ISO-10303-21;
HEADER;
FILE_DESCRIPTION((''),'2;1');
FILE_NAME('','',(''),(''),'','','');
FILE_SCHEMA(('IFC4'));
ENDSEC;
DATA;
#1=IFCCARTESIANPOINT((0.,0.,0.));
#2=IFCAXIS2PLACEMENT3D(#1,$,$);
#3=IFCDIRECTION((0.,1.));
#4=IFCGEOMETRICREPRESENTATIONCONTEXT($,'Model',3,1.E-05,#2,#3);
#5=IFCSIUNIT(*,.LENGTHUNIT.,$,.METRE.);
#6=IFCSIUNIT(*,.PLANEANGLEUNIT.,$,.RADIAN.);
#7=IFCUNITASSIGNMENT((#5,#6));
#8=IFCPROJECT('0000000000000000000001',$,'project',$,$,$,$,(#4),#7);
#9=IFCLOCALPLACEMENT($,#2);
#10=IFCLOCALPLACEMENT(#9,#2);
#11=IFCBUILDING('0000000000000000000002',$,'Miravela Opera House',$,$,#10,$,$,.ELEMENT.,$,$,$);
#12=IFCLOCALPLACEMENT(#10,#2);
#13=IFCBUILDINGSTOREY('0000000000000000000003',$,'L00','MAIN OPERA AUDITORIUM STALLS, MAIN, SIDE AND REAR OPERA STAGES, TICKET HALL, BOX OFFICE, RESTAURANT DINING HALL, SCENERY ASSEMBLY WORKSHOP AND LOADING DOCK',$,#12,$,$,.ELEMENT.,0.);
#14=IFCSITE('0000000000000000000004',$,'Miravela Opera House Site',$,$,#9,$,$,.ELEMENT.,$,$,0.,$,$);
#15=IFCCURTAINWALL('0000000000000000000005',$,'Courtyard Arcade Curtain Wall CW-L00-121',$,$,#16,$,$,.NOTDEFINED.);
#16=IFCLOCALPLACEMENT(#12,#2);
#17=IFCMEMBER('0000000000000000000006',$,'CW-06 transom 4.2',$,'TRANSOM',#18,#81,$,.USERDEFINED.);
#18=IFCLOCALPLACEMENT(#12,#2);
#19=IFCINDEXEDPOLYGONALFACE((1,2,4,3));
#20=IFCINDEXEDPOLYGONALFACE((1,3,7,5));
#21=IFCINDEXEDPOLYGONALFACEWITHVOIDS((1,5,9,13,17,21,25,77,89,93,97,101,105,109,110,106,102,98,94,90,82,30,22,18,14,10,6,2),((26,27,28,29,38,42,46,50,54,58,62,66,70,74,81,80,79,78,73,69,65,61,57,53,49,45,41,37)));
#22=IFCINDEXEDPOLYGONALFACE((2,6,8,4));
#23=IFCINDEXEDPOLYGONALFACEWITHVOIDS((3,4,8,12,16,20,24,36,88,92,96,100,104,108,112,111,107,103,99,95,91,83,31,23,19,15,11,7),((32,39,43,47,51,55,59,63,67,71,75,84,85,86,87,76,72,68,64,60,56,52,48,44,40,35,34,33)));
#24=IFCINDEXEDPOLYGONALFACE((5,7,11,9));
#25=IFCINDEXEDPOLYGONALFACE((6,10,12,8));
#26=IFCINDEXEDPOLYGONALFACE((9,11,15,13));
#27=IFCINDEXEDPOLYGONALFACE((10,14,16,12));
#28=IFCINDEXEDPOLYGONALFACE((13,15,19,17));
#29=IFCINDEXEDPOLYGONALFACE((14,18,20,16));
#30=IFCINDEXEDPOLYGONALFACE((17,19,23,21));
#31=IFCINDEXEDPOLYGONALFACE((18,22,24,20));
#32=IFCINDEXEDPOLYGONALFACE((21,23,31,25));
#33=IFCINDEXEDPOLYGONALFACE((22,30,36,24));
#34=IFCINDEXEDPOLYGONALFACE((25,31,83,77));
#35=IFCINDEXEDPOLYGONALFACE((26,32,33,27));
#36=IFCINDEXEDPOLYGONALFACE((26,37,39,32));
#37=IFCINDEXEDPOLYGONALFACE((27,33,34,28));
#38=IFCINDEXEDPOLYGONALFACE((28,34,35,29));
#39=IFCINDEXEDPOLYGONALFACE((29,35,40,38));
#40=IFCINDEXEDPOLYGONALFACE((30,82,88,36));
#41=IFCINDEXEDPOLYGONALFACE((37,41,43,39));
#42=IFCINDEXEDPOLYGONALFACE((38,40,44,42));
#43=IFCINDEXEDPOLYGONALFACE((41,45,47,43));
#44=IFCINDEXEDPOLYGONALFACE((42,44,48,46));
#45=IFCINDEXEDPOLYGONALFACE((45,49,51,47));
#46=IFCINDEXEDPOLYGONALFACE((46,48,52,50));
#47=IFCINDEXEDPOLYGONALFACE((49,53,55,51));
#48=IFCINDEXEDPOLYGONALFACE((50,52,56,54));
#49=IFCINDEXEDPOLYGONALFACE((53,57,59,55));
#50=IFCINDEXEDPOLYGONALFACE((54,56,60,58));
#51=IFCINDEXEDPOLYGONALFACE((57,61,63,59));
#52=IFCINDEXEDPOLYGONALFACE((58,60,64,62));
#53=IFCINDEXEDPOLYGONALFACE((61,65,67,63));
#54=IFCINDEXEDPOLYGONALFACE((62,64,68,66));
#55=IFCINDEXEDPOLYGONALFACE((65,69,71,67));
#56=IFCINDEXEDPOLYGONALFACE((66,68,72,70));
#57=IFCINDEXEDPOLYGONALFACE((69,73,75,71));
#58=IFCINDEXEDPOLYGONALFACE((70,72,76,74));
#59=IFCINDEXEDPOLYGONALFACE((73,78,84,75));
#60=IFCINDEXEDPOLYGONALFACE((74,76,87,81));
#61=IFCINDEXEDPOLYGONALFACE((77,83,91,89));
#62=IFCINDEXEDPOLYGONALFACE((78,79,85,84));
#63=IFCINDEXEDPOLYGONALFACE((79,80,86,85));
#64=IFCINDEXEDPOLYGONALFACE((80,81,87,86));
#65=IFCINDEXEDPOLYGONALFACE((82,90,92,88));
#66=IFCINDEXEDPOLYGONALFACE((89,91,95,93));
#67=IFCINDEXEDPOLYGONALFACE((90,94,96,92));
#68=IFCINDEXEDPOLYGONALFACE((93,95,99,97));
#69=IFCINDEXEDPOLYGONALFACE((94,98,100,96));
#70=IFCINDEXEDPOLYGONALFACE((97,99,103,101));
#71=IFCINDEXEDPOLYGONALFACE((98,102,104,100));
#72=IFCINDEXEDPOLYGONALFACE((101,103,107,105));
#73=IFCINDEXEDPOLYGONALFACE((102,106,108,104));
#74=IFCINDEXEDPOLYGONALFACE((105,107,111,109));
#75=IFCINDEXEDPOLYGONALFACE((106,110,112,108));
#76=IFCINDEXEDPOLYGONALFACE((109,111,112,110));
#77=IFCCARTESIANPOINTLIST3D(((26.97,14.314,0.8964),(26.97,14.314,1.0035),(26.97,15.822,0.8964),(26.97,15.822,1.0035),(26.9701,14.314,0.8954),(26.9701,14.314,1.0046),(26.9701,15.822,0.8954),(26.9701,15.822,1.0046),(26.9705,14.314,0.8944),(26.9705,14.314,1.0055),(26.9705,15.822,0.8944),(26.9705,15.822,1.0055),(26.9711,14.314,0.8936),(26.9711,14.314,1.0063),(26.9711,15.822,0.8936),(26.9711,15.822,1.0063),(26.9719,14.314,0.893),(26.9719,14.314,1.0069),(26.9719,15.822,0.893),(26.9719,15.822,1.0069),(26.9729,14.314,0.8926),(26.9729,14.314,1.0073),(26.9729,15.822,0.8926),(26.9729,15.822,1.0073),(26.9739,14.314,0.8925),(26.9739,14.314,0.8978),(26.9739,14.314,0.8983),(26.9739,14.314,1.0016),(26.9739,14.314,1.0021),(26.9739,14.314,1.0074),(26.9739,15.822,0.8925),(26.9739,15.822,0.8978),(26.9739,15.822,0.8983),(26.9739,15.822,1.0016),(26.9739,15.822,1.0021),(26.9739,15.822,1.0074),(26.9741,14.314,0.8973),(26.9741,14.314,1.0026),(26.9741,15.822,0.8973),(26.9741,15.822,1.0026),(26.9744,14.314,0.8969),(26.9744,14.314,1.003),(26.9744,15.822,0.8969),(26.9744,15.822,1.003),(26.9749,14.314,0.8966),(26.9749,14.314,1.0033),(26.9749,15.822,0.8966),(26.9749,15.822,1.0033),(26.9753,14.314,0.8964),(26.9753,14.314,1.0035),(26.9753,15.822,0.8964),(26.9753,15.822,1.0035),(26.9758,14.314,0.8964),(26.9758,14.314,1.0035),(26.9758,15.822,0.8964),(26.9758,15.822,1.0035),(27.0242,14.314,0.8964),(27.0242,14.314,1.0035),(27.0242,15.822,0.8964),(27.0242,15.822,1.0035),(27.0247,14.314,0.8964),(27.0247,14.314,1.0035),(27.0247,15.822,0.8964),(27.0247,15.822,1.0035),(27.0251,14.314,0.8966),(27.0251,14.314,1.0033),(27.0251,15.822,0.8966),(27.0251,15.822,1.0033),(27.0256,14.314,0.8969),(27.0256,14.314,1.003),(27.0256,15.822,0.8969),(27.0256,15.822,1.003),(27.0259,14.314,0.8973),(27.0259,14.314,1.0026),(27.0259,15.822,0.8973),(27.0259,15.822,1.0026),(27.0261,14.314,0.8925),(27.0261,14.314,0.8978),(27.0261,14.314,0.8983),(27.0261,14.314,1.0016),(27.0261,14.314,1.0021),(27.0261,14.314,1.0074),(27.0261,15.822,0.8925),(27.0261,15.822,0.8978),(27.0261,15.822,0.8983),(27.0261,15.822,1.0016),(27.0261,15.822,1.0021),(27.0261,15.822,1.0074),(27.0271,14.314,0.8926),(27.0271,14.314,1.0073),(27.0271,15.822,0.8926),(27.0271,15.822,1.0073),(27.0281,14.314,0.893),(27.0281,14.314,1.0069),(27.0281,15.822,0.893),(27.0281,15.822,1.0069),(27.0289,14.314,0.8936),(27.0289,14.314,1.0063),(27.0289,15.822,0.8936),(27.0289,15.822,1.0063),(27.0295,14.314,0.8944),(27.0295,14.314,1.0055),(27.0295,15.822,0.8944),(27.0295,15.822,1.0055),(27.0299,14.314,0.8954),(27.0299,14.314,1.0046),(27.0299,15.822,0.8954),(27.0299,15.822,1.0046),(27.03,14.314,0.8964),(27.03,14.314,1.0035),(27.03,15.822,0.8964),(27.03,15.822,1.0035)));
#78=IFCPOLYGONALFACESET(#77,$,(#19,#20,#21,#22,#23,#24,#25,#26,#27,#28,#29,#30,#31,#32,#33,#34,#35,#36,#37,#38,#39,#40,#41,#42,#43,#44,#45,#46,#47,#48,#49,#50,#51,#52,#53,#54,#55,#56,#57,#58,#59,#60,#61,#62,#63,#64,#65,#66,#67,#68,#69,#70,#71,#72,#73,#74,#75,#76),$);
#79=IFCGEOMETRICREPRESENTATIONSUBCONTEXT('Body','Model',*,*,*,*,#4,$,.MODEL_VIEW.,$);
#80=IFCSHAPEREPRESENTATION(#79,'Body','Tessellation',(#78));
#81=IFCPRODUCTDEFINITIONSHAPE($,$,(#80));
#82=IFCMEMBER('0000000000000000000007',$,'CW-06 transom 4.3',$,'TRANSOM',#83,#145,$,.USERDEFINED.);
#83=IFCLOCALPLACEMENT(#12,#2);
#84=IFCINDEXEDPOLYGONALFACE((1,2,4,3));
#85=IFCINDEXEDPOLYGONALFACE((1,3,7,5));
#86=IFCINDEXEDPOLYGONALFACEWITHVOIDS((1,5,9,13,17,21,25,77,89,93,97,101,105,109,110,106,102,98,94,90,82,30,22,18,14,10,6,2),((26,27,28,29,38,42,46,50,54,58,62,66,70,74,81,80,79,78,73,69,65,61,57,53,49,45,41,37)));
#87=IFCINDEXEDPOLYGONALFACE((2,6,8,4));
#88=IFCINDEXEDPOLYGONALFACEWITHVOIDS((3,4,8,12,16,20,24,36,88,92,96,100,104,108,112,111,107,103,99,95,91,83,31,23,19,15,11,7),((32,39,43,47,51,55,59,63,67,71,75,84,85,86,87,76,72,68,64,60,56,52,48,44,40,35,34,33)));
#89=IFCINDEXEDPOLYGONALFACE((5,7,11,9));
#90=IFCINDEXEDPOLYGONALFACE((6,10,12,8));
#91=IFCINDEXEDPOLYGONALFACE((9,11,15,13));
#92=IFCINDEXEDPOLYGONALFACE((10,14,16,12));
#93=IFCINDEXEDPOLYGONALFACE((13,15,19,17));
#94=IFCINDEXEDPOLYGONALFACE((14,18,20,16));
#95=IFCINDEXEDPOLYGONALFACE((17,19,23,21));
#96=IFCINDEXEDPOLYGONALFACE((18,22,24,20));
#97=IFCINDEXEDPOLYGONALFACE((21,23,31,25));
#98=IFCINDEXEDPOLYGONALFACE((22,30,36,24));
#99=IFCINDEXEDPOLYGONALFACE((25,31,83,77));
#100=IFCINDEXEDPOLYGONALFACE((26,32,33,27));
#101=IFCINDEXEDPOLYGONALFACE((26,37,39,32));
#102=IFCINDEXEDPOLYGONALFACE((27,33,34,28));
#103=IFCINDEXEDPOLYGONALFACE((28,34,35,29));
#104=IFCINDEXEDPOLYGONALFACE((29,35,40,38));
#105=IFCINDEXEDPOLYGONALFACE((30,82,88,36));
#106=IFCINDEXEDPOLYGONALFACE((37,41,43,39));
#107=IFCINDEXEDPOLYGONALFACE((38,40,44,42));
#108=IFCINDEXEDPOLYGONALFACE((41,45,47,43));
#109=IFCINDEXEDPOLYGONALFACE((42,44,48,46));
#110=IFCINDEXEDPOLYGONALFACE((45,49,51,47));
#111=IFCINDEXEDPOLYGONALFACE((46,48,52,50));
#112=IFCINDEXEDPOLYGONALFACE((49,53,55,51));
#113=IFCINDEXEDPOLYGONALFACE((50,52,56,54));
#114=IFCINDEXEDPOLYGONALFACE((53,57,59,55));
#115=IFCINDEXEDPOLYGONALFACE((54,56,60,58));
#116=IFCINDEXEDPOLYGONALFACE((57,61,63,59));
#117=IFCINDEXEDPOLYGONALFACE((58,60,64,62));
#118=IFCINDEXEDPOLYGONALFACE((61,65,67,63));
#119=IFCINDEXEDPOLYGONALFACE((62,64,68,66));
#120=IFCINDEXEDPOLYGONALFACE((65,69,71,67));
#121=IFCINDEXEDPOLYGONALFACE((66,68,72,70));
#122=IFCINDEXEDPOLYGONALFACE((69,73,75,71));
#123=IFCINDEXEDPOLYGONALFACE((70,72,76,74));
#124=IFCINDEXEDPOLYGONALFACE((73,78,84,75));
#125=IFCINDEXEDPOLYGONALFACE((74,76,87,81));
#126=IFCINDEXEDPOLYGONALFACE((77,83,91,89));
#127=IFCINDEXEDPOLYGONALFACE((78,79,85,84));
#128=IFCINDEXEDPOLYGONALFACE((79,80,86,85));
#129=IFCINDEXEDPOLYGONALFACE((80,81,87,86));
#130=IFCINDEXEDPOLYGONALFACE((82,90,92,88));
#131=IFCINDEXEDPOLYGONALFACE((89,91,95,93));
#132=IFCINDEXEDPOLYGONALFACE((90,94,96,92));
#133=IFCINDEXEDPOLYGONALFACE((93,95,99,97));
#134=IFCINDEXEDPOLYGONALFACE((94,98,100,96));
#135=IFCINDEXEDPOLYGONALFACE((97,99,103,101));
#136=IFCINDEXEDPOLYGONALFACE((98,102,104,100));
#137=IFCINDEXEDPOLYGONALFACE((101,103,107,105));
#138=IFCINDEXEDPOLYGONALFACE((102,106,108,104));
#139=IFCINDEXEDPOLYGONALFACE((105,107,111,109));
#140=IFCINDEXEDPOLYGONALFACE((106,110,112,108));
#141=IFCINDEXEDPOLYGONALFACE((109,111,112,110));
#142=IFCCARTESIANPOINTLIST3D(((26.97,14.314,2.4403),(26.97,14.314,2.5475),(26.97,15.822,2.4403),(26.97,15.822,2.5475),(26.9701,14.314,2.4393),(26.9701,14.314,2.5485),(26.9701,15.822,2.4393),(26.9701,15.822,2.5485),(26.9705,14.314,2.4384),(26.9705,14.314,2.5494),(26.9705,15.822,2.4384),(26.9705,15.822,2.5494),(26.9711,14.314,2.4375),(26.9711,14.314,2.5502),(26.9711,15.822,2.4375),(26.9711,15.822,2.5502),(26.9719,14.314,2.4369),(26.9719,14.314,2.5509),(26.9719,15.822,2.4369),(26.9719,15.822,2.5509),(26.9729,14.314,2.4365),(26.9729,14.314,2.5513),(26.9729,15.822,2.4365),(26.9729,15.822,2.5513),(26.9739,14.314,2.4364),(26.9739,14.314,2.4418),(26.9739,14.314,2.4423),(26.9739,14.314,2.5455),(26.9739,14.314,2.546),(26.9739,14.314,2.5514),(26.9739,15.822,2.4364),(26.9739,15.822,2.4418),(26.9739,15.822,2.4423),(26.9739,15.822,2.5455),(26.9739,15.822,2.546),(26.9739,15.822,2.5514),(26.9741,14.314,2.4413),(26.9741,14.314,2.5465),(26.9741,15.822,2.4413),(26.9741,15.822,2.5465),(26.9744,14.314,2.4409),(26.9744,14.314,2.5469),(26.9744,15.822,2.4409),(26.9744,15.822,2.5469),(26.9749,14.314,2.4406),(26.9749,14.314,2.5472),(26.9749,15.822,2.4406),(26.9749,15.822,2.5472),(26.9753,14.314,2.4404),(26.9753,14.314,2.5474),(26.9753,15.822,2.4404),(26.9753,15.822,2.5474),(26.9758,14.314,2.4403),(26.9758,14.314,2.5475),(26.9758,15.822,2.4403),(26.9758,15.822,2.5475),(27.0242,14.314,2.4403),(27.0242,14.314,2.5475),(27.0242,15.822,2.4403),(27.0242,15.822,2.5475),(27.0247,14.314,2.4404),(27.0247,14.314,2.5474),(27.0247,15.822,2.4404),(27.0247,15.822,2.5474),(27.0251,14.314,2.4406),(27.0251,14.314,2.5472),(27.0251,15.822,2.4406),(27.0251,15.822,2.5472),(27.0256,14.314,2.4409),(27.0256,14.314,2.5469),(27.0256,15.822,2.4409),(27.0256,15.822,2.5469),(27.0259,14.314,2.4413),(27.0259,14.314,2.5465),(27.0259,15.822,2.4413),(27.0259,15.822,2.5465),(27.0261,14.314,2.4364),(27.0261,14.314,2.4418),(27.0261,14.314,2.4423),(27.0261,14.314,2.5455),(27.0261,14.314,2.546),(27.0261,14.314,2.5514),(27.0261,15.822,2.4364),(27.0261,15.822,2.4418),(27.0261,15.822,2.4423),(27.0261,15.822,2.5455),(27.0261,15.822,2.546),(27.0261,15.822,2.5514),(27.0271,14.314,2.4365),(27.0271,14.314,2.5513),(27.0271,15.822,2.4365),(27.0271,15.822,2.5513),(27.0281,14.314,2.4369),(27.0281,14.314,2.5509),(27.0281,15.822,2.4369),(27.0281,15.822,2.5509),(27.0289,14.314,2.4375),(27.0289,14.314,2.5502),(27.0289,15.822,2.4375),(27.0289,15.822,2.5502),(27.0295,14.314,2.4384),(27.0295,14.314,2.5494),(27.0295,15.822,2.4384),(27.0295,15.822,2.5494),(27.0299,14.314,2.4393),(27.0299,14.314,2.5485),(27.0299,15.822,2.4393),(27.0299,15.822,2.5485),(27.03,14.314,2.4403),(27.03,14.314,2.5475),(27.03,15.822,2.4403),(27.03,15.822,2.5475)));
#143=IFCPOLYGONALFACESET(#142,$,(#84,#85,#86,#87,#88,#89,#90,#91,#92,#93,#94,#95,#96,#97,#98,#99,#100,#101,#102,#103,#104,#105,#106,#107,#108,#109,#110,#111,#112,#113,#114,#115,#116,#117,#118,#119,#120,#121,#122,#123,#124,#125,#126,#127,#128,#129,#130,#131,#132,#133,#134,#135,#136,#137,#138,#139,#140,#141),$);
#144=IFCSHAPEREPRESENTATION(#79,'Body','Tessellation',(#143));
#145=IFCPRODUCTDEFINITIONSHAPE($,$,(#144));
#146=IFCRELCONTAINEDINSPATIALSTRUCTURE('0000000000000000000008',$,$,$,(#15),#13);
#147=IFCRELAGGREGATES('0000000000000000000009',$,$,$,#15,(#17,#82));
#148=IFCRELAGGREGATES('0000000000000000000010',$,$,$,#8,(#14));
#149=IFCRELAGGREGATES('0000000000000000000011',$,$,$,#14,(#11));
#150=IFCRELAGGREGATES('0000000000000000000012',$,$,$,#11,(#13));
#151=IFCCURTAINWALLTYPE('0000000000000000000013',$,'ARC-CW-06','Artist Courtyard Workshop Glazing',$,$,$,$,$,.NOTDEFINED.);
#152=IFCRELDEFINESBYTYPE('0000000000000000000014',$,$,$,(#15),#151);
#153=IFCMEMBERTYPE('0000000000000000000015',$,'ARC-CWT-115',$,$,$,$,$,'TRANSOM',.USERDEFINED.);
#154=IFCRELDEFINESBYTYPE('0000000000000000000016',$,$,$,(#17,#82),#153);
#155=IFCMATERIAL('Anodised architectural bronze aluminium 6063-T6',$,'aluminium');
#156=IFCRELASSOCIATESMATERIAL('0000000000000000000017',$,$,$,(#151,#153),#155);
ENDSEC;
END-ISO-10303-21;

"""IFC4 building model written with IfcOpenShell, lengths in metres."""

from ifc_helpers import new_model, si_unit, direction, frame, origin, origin_2d, place, context, subcontext, project, spatial, hollow_rectangle, extrude, material, material_profile, profile_set, type_object, element, aggregate, save


model = new_model("IFC4")

# Units and contexts
model_context = context("Model", 3, precision=1e-05, world=origin(), true_north=direction((0.0, 1.0)))
body_context = subcontext(model_context, "Body", "Model", "MODEL_VIEW")
ifc_project = project(units=[si_unit("LENGTHUNIT", "METRE"), si_unit("PLANEANGLEUNIT", "RADIAN")], contexts=[model_context])

# Site, building, storey
site_placement = place(None, origin())
site = spatial("IfcSite", under=ifc_project, at=site_placement, Name="Miravela Opera House Site", CompositionType="ELEMENT", RefElevation=0.0)
building_placement = place(site_placement, origin())
building = spatial("IfcBuilding", under=site, at=building_placement, Name="Miravela Opera House", CompositionType="ELEMENT")
storey_placement = place(building_placement, origin())
storey = spatial("IfcBuildingStorey", under=building, at=storey_placement, Name="L00", Description="MAIN OPERA AUDITORIUM STALLS, MAIN, SIDE AND REAR OPERA STAGES, TICKET HALL, BOX OFFICE, RESTAURANT DINING HALL, SCENERY ASSEMBLY WORKSHOP AND LOADING DOCK", CompositionType="ELEMENT", Elevation=0.0)

# Curtain wall, members
ifc_material_1 = material(Name="Anodised architectural bronze aluminium 6063-T6", Category="aluminium")
curtain_wall_type = type_object("IfcCurtainWallType", Name="ARC-CW-06", Description="Artist Courtyard Workshop Glazing", PredefinedType="NOTDEFINED", material=ifc_material_1)
curtain_wall_placement = place(storey_placement, origin())
curtain_wall = element("IfcCurtainWall", 1, at=curtain_wall_placement, inside=storey, type_object=curtain_wall_type, Name="Courtyard Arcade Curtain Wall CW-L00-121", PredefinedType="NOTDEFINED")
ifc_material_profile_1 = material_profile(ifc_material_1, hollow_rectangle(XDim=0.0601, YDim=0.115, WallThickness=0.0039, InnerFilletRadius=0.002, OuterFilletRadius=0.0039, at=origin_2d()), Name="CWT-60X115")
ifc_profile_set_1 = profile_set([ifc_material_profile_1])
member_type_1 = type_object("IfcMemberType", Name="ARC-CWT-115", ElementType="TRANSOM", PredefinedType="USERDEFINED", material=ifc_profile_set_1)
member_1_placement = place(storey_placement, frame((27.0, 14.314, 0.95), z_axis=(0.0, 1.0, 0.0), x_axis=(-1.0, 0.0, 0.0)))
member_1 = element("IfcMember", 2, at=member_1_placement, type_object=member_type_1, Name="CW-06 transom 4.2", ObjectType="TRANSOM", PredefinedType="USERDEFINED", context=body_context, shape_type="SweptSolid", body=[
    extrude(hollow_rectangle(XDim=0.0601, YDim=0.115, WallThickness=0.0039, InnerFilletRadius=0.002, OuterFilletRadius=0.0039, at=origin_2d()), origin(), (0.0, 0.0, 1.0), 1.5081),
])
member_2_placement = place(storey_placement, frame((27.0, 14.314, 2.4939), z_axis=(0.0, 1.0, 0.0), x_axis=(-1.0, 0.0, 0.0)))
member_2 = element("IfcMember", 3, at=member_2_placement, type_object=member_type_1, Name="CW-06 transom 4.3", ObjectType="TRANSOM", PredefinedType="USERDEFINED", context=body_context, shape_type="SweptSolid", body=[
    extrude(hollow_rectangle(XDim=0.0601, YDim=0.115, WallThickness=0.0039, InnerFilletRadius=0.002, OuterFilletRadius=0.0039, at=origin_2d()), origin(), (0.0, 0.0, 1.0), 1.5081),
])

aggregate(curtain_wall, [member_1, member_2])

save(model, "model.ifc")
